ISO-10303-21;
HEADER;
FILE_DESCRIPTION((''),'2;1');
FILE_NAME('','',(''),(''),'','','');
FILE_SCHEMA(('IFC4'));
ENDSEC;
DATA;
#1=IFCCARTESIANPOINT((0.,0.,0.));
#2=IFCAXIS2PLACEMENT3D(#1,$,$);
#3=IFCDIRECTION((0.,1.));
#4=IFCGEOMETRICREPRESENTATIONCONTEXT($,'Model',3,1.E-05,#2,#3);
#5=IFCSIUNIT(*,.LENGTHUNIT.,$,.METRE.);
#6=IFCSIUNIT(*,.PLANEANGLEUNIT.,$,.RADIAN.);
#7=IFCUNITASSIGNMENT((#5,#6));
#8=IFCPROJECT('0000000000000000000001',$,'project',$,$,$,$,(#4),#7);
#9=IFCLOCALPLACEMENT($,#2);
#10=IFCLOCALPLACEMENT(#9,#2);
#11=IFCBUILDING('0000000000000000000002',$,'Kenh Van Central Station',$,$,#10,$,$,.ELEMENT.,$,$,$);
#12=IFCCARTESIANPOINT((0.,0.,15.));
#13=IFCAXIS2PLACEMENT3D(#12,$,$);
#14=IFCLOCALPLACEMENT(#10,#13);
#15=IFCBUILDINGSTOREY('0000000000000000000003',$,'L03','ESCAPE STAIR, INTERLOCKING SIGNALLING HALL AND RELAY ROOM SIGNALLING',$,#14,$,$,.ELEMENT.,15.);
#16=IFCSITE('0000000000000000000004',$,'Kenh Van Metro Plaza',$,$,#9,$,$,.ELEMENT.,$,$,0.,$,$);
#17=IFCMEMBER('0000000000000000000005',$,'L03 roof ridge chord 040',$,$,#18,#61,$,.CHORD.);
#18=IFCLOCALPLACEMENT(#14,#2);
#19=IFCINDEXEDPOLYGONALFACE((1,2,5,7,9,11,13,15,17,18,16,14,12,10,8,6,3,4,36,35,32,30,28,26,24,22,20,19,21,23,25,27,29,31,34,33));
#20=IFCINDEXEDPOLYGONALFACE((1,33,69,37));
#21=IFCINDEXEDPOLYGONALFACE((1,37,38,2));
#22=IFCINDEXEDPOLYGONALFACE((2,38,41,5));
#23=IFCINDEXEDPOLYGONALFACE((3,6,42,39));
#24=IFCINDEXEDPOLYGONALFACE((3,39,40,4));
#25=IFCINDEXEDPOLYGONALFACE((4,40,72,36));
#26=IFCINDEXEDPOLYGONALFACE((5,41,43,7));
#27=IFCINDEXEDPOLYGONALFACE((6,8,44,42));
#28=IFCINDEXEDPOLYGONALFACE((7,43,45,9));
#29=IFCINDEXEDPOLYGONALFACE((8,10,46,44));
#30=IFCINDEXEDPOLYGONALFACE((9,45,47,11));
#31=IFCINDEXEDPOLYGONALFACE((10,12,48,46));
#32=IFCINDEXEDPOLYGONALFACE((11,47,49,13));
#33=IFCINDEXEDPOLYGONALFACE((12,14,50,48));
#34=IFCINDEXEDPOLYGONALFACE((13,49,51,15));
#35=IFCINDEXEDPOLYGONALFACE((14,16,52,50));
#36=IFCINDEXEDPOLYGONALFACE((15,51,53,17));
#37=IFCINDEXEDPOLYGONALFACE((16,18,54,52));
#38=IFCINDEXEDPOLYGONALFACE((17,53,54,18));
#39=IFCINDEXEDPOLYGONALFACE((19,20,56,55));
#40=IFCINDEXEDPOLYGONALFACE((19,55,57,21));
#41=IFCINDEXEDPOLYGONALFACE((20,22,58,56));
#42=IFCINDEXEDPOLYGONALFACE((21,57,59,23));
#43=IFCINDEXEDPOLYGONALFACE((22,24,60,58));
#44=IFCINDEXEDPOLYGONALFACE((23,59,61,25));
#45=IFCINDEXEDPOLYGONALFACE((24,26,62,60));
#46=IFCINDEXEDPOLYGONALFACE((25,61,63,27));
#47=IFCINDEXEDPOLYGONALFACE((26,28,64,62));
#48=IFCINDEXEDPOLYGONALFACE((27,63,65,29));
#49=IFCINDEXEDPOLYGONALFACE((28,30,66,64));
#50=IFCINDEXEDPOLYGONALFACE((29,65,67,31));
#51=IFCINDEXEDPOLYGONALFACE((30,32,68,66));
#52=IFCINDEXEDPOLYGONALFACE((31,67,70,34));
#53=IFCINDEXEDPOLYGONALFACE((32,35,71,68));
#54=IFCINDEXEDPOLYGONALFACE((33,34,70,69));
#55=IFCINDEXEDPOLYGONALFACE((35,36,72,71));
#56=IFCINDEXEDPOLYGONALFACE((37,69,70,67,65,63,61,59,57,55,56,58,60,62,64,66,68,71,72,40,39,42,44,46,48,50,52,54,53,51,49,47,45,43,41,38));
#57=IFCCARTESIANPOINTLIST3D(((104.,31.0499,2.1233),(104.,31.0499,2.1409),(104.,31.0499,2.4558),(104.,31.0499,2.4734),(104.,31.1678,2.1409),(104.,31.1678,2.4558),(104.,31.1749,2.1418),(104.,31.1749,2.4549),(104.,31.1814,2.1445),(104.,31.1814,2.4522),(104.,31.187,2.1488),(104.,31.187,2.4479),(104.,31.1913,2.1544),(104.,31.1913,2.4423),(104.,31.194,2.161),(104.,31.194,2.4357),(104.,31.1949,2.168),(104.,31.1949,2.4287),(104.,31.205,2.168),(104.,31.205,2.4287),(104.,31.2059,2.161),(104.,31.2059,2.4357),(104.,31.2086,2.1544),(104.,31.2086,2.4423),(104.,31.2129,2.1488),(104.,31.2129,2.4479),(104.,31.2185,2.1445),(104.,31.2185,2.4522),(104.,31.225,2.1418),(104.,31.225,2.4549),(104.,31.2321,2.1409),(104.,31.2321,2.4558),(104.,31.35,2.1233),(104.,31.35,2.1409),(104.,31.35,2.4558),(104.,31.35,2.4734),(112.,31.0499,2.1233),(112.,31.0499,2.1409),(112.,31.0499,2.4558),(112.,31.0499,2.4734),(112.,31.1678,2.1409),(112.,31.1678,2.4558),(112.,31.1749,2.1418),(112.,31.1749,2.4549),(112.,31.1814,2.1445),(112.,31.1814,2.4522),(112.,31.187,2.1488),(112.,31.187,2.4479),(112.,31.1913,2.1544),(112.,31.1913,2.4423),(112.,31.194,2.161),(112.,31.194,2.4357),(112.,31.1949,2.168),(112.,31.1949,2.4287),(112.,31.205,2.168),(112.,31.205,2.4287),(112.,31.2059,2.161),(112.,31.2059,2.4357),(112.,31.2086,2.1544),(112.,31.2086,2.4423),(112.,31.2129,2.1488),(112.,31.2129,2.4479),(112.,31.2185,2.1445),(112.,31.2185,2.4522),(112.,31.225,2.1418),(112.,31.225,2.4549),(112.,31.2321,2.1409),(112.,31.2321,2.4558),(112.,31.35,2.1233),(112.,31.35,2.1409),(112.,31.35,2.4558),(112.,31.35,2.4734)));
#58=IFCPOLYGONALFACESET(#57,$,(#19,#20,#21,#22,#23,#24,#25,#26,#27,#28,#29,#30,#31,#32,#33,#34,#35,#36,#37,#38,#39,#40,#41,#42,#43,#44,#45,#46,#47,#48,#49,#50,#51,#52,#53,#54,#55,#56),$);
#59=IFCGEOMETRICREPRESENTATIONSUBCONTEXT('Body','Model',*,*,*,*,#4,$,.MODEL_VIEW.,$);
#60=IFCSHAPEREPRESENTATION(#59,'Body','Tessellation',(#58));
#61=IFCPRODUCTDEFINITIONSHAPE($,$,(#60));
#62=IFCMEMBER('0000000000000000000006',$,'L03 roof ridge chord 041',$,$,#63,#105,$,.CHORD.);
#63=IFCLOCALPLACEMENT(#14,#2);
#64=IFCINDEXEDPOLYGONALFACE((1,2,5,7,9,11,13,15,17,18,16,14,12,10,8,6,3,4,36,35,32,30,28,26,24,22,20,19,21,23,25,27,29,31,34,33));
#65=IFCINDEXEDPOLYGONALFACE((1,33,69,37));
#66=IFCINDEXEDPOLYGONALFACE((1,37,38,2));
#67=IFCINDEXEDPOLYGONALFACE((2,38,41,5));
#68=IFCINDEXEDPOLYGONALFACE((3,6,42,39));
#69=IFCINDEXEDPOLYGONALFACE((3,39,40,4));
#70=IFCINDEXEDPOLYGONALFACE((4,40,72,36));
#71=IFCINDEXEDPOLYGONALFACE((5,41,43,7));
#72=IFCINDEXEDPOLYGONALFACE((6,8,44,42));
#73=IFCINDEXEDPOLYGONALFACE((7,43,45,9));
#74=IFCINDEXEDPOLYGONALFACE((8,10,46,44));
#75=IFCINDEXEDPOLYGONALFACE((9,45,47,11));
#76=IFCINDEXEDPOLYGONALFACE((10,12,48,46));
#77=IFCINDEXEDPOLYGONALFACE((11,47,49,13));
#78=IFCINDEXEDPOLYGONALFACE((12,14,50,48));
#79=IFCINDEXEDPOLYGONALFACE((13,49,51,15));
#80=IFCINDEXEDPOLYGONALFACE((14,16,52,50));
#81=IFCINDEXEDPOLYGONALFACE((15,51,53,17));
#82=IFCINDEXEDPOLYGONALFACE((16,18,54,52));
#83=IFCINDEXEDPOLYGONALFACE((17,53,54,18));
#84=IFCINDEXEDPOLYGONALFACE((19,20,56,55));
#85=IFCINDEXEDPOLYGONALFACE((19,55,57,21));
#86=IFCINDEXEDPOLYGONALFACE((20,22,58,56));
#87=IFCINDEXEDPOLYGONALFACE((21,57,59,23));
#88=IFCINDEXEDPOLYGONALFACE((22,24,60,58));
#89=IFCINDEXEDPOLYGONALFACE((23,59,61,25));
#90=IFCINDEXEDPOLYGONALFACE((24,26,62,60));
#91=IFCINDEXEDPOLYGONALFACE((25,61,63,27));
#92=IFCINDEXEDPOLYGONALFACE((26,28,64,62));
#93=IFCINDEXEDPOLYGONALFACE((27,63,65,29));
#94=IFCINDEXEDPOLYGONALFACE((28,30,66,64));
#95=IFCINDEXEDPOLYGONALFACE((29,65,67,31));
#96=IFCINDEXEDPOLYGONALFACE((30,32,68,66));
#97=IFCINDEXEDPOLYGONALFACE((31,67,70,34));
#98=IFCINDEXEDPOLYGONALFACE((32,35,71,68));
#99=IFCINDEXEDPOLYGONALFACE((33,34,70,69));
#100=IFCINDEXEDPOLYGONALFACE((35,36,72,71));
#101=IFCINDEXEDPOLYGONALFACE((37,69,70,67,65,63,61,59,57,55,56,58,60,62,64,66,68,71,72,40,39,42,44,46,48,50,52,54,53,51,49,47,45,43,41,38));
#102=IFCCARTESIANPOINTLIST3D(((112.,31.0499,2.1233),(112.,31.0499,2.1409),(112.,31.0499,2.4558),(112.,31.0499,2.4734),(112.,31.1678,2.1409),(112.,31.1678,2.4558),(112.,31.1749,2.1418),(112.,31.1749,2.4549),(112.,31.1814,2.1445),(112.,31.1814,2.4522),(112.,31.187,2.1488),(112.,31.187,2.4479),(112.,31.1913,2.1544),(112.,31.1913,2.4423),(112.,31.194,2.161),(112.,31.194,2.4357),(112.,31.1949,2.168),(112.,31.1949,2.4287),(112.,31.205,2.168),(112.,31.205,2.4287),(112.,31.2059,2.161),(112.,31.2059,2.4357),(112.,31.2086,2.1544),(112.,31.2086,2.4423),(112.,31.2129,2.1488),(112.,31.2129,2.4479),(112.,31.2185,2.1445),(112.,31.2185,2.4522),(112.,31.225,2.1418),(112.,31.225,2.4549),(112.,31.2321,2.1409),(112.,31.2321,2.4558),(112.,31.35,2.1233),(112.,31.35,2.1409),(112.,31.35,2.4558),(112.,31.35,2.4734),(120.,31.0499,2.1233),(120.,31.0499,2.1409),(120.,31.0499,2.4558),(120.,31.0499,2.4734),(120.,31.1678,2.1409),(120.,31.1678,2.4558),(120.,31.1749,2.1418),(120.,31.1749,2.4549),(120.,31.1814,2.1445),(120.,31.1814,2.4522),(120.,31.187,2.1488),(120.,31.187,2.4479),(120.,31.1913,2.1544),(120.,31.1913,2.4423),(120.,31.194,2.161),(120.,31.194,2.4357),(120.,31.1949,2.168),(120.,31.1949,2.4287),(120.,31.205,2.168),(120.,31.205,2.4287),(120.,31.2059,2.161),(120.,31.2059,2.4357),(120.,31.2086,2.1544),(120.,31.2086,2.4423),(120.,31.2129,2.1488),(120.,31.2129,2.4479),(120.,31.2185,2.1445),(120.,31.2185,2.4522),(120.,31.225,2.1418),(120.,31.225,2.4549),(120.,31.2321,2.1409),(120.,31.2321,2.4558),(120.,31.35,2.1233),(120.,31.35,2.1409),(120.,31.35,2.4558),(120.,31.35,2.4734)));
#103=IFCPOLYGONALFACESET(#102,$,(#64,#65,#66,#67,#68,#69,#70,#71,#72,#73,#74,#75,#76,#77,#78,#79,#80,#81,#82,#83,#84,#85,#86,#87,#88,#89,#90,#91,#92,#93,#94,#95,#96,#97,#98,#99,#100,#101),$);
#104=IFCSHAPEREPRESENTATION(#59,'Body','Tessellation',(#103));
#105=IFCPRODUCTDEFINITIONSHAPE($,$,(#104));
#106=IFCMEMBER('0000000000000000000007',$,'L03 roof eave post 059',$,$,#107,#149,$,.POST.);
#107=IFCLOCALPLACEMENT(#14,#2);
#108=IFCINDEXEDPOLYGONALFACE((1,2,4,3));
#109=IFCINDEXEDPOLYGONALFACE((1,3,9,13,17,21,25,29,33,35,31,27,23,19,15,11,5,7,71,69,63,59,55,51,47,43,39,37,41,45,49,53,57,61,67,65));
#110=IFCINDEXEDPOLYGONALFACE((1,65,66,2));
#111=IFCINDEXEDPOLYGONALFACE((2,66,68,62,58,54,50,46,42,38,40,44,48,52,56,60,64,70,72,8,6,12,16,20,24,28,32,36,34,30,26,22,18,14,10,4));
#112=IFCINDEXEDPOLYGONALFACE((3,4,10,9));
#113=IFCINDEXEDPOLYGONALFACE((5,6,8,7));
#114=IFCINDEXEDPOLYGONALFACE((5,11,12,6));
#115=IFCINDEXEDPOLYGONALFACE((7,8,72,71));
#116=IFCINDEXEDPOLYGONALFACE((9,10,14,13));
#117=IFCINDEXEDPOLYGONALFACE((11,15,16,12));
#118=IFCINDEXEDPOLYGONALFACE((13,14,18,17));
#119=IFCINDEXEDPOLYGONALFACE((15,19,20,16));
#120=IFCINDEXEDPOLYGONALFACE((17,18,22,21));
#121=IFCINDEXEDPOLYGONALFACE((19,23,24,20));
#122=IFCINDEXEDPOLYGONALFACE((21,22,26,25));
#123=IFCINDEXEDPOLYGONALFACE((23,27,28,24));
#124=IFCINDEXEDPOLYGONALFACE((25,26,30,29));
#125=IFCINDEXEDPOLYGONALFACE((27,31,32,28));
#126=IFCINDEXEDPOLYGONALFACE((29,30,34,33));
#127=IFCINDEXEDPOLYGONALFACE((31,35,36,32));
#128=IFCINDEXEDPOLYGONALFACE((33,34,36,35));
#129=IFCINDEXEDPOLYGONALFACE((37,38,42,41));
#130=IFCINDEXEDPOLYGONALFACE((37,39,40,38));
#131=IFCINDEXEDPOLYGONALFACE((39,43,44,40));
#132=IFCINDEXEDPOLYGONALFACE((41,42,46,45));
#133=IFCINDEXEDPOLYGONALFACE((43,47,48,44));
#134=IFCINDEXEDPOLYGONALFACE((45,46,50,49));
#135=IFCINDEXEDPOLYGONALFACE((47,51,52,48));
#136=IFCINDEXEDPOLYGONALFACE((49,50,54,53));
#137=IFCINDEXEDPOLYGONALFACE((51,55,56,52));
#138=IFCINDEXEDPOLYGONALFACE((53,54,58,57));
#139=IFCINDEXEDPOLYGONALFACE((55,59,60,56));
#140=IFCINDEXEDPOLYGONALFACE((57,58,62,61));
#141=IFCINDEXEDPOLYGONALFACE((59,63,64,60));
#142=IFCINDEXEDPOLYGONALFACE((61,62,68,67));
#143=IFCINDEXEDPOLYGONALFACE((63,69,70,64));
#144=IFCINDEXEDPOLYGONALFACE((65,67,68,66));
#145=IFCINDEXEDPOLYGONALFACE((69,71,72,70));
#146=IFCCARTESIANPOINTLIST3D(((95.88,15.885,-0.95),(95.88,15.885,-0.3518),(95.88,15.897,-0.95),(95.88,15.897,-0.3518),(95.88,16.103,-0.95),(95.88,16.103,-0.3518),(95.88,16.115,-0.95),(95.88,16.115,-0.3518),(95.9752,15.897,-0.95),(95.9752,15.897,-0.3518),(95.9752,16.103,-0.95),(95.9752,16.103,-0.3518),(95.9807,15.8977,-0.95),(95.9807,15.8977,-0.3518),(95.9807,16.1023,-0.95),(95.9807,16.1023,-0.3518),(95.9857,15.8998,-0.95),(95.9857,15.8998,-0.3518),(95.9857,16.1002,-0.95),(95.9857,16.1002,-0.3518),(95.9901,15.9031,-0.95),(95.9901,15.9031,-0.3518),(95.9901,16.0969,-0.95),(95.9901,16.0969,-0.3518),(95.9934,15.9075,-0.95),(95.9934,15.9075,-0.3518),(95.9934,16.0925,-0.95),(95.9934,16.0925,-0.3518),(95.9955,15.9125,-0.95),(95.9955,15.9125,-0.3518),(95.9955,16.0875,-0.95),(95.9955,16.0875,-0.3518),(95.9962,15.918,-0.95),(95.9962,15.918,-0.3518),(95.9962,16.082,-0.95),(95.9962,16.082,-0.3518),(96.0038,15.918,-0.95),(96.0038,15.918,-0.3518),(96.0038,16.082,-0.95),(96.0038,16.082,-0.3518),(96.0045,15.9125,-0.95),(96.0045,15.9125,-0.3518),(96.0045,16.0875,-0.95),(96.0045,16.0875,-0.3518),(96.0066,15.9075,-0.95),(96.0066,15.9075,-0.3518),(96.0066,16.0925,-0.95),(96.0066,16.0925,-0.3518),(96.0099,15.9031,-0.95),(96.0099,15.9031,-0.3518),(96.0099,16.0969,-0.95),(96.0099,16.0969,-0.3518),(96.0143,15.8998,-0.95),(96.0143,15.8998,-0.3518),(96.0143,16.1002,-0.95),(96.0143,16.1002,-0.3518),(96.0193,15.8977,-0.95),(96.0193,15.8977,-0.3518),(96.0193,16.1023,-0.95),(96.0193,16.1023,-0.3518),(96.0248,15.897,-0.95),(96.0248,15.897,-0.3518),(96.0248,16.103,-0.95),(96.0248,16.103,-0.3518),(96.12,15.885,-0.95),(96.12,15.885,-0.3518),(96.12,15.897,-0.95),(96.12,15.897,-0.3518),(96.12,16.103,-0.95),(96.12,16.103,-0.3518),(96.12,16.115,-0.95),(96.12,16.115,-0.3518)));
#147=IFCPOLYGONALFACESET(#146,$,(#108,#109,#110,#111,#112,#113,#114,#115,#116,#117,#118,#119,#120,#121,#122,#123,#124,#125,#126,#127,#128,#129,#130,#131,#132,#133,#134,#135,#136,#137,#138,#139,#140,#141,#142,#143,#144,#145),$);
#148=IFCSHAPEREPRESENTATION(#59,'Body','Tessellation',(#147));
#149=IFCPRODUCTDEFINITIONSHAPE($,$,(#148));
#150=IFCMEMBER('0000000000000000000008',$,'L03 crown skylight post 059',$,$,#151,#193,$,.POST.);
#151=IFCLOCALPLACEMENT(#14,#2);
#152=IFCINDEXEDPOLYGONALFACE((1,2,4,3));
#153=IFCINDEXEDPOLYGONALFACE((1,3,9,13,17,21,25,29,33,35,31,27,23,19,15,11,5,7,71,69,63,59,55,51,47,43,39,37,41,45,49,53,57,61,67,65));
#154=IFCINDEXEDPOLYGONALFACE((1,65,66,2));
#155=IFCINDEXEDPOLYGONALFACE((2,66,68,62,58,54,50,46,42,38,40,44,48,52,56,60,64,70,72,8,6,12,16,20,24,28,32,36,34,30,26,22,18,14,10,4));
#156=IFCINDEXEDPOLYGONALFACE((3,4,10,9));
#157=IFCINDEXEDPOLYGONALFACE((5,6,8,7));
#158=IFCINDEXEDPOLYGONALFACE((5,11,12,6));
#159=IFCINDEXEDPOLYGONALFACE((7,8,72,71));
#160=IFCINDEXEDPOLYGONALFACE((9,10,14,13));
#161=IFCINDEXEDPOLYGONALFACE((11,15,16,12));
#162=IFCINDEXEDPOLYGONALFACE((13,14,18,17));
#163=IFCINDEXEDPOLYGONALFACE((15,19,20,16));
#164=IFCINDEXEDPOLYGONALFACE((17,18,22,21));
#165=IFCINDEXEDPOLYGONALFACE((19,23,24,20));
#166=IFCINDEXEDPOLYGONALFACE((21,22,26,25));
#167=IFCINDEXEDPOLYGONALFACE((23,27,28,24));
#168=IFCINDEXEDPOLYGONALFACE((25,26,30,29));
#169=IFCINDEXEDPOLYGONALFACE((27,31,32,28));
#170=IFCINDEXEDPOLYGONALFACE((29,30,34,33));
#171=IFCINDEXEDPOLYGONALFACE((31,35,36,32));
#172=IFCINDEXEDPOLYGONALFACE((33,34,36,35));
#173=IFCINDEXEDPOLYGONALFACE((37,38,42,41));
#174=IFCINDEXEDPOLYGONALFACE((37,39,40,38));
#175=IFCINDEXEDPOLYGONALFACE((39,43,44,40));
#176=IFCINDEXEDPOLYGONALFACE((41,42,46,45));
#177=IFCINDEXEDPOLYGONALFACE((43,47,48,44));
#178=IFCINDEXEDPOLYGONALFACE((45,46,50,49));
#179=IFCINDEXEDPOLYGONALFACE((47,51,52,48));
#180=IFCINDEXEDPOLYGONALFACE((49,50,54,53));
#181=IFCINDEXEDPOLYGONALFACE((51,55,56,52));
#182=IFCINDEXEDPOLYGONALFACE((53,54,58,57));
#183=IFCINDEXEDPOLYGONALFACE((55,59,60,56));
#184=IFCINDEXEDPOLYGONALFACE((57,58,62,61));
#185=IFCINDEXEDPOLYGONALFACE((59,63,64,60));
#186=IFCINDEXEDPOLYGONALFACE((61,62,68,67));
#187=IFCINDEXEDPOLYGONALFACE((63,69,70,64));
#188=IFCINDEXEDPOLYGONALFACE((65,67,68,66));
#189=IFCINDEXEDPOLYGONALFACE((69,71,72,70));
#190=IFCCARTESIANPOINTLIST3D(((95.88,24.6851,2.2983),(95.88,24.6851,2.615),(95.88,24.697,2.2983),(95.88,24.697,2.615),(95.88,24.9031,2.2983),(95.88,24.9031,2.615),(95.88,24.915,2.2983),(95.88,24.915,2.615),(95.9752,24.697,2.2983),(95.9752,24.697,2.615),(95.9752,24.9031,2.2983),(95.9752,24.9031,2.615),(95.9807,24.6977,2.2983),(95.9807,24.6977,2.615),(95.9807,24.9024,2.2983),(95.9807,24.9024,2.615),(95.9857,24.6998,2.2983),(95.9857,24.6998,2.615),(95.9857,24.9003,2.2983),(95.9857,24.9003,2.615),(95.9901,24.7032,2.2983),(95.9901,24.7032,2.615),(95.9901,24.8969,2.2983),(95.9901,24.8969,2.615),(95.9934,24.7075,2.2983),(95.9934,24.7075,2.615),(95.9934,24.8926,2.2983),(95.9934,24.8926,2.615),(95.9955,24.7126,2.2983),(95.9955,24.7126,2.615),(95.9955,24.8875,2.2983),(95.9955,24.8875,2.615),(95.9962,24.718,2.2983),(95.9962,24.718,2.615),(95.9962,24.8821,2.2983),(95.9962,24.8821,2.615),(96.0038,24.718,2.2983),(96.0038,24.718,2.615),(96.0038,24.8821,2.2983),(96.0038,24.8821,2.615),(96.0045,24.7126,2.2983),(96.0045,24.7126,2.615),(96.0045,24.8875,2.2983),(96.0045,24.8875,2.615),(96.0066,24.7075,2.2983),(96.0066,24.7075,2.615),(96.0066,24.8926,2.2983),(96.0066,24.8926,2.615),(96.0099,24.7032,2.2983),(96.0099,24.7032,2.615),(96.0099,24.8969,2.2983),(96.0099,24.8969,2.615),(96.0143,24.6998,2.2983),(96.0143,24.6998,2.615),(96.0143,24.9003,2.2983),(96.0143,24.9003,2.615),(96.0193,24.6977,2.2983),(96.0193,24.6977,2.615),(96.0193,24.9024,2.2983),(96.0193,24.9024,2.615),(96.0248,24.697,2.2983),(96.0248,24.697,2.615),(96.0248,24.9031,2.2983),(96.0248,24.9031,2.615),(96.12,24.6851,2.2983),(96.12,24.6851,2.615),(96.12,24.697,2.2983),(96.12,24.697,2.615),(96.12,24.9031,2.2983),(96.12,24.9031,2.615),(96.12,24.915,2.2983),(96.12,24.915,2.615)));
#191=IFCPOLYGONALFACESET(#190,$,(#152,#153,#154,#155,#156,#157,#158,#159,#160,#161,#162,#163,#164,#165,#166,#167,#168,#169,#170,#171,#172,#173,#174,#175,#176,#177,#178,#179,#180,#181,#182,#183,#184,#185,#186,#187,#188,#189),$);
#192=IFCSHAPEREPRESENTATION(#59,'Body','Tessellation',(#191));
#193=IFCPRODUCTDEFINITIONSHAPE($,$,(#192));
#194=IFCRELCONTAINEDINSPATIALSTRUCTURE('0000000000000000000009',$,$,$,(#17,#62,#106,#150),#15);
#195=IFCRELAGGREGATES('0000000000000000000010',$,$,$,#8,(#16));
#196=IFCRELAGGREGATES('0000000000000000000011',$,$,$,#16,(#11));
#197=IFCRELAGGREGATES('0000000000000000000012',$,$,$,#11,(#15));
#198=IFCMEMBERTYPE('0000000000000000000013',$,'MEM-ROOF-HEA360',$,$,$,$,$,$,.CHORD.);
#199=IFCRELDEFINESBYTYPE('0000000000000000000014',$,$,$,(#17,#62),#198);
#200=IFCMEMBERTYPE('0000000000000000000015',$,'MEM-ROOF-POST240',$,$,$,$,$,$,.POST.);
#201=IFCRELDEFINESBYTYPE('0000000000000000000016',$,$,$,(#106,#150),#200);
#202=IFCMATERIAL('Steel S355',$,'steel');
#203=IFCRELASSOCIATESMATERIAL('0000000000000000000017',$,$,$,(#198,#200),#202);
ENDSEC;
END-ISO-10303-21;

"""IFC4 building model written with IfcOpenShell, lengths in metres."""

from ifc_helpers import new_model, si_unit, direction, frame, origin, origin_2d, place, context, subcontext, project, spatial, i_section, extrude, material, material_profile, profile_set, type_object, element, save


model = new_model("IFC4")

# Units and contexts
model_context = context("Model", 3, precision=1e-05, world=origin(), true_north=direction((0.0, 1.0)))
body_context = subcontext(model_context, "Body", "Model", "MODEL_VIEW")
ifc_project = project(units=[si_unit("LENGTHUNIT", "METRE"), si_unit("PLANEANGLEUNIT", "RADIAN")], contexts=[model_context])

# Site, building, storey
site_placement = place(None, origin())
site = spatial("IfcSite", under=ifc_project, at=site_placement, Name="Kenh Van Metro Plaza", CompositionType="ELEMENT", RefElevation=0.0)
building_placement = place(site_placement, origin())
building = spatial("IfcBuilding", under=site, at=building_placement, Name="Kenh Van Central Station", CompositionType="ELEMENT")
storey_placement = place(building_placement, frame((0.0, 0.0, 15.0)))
storey = spatial("IfcBuildingStorey", under=building, at=storey_placement, Name="L03", Description="ESCAPE STAIR, INTERLOCKING SIGNALLING HALL AND RELAY ROOM SIGNALLING", CompositionType="ELEMENT", Elevation=15.0)

# Shared definitions
ifc_material_1 = material(Name="Steel S355", Category="steel")

# Members
ifc_material_profile_1 = material_profile(ifc_material_1, i_section(OverallWidth=0.3, OverallDepth=0.3501, WebThickness=0.01, FlangeThickness=0.0176, FilletRadius=0.0271, at=origin_2d()), Name="HEA 360")
ifc_profile_set_1 = profile_set([ifc_material_profile_1], Name="Steel S355")
member_type_1 = type_object("IfcMemberType", Name="MEM-ROOF-HEA360", PredefinedType="CHORD", material=ifc_profile_set_1)
for number, where, z_axis, x_axis, name in (
    (1, (104.0, 31.2, 2.2983), (1.0, 0.0, 0.0), (0.0, 1.0, 0.0), "L03 roof ridge chord 040"),
    (2, (112.0, 31.2, 2.2983), (1.0, 0.0, 0.0), (0.0, 1.0, 0.0), "L03 roof ridge chord 041"),
):
    element("IfcMember", number, at=place(storey_placement, frame(where, z_axis=z_axis, x_axis=x_axis)), inside=storey, type_object=member_type_1, Name=name, PredefinedType="CHORD", context=body_context, shape_type="SweptSolid", body=[
        extrude(i_section(OverallWidth=0.3, OverallDepth=0.3501, WebThickness=0.01, FlangeThickness=0.0176, FilletRadius=0.0271, at=origin_2d()), origin(), (0.0, 0.0, 1.0), 8.0),
    ])
ifc_material_profile_2 = material_profile(ifc_material_1, i_section(OverallWidth=0.24, OverallDepth=0.23, WebThickness=0.0076, FlangeThickness=0.012, FilletRadius=0.021, at=origin_2d()), Name="HEA 240")
ifc_profile_set_2 = profile_set([ifc_material_profile_2], Name="Steel S355")
member_type_2 = type_object("IfcMemberType", Name="MEM-ROOF-POST240", PredefinedType="POST", material=ifc_profile_set_2)
member_1_placement = place(storey_placement, frame((96.0, 16.0, -0.95), z_axis=(0.0, 0.0, 1.0), x_axis=(1.0, 0.0, 0.0)))
element("IfcMember", 3, at=member_1_placement, inside=storey, type_object=member_type_2, Name="L03 roof eave post 059", PredefinedType="POST", context=body_context, shape_type="SweptSolid", body=[
    extrude(i_section(OverallWidth=0.24, OverallDepth=0.23, WebThickness=0.0076, FlangeThickness=0.012, FilletRadius=0.021, at=origin_2d()), origin(), (0.0, 0.0, 1.0), 0.5981),
])
for number, where, z_axis, x_axis, name in (
    (4, (96.0, 24.8, 2.2983), (0.0, 0.0, 1.0), (1.0, 0.0, 0.0), "L03 crown skylight post 059"),
):
    element("IfcMember", number, at=place(storey_placement, frame(where, z_axis=z_axis, x_axis=x_axis)), inside=storey, type_object=member_type_2, Name=name, PredefinedType="POST", context=body_context, shape_type="SweptSolid", body=[
        extrude(i_section(OverallWidth=0.24, OverallDepth=0.23, WebThickness=0.0076, FlangeThickness=0.012, FilletRadius=0.021, at=origin_2d()), origin(), (0.0, 0.0, 1.0), 0.3167),
    ])

save(model, "model.ifc")
